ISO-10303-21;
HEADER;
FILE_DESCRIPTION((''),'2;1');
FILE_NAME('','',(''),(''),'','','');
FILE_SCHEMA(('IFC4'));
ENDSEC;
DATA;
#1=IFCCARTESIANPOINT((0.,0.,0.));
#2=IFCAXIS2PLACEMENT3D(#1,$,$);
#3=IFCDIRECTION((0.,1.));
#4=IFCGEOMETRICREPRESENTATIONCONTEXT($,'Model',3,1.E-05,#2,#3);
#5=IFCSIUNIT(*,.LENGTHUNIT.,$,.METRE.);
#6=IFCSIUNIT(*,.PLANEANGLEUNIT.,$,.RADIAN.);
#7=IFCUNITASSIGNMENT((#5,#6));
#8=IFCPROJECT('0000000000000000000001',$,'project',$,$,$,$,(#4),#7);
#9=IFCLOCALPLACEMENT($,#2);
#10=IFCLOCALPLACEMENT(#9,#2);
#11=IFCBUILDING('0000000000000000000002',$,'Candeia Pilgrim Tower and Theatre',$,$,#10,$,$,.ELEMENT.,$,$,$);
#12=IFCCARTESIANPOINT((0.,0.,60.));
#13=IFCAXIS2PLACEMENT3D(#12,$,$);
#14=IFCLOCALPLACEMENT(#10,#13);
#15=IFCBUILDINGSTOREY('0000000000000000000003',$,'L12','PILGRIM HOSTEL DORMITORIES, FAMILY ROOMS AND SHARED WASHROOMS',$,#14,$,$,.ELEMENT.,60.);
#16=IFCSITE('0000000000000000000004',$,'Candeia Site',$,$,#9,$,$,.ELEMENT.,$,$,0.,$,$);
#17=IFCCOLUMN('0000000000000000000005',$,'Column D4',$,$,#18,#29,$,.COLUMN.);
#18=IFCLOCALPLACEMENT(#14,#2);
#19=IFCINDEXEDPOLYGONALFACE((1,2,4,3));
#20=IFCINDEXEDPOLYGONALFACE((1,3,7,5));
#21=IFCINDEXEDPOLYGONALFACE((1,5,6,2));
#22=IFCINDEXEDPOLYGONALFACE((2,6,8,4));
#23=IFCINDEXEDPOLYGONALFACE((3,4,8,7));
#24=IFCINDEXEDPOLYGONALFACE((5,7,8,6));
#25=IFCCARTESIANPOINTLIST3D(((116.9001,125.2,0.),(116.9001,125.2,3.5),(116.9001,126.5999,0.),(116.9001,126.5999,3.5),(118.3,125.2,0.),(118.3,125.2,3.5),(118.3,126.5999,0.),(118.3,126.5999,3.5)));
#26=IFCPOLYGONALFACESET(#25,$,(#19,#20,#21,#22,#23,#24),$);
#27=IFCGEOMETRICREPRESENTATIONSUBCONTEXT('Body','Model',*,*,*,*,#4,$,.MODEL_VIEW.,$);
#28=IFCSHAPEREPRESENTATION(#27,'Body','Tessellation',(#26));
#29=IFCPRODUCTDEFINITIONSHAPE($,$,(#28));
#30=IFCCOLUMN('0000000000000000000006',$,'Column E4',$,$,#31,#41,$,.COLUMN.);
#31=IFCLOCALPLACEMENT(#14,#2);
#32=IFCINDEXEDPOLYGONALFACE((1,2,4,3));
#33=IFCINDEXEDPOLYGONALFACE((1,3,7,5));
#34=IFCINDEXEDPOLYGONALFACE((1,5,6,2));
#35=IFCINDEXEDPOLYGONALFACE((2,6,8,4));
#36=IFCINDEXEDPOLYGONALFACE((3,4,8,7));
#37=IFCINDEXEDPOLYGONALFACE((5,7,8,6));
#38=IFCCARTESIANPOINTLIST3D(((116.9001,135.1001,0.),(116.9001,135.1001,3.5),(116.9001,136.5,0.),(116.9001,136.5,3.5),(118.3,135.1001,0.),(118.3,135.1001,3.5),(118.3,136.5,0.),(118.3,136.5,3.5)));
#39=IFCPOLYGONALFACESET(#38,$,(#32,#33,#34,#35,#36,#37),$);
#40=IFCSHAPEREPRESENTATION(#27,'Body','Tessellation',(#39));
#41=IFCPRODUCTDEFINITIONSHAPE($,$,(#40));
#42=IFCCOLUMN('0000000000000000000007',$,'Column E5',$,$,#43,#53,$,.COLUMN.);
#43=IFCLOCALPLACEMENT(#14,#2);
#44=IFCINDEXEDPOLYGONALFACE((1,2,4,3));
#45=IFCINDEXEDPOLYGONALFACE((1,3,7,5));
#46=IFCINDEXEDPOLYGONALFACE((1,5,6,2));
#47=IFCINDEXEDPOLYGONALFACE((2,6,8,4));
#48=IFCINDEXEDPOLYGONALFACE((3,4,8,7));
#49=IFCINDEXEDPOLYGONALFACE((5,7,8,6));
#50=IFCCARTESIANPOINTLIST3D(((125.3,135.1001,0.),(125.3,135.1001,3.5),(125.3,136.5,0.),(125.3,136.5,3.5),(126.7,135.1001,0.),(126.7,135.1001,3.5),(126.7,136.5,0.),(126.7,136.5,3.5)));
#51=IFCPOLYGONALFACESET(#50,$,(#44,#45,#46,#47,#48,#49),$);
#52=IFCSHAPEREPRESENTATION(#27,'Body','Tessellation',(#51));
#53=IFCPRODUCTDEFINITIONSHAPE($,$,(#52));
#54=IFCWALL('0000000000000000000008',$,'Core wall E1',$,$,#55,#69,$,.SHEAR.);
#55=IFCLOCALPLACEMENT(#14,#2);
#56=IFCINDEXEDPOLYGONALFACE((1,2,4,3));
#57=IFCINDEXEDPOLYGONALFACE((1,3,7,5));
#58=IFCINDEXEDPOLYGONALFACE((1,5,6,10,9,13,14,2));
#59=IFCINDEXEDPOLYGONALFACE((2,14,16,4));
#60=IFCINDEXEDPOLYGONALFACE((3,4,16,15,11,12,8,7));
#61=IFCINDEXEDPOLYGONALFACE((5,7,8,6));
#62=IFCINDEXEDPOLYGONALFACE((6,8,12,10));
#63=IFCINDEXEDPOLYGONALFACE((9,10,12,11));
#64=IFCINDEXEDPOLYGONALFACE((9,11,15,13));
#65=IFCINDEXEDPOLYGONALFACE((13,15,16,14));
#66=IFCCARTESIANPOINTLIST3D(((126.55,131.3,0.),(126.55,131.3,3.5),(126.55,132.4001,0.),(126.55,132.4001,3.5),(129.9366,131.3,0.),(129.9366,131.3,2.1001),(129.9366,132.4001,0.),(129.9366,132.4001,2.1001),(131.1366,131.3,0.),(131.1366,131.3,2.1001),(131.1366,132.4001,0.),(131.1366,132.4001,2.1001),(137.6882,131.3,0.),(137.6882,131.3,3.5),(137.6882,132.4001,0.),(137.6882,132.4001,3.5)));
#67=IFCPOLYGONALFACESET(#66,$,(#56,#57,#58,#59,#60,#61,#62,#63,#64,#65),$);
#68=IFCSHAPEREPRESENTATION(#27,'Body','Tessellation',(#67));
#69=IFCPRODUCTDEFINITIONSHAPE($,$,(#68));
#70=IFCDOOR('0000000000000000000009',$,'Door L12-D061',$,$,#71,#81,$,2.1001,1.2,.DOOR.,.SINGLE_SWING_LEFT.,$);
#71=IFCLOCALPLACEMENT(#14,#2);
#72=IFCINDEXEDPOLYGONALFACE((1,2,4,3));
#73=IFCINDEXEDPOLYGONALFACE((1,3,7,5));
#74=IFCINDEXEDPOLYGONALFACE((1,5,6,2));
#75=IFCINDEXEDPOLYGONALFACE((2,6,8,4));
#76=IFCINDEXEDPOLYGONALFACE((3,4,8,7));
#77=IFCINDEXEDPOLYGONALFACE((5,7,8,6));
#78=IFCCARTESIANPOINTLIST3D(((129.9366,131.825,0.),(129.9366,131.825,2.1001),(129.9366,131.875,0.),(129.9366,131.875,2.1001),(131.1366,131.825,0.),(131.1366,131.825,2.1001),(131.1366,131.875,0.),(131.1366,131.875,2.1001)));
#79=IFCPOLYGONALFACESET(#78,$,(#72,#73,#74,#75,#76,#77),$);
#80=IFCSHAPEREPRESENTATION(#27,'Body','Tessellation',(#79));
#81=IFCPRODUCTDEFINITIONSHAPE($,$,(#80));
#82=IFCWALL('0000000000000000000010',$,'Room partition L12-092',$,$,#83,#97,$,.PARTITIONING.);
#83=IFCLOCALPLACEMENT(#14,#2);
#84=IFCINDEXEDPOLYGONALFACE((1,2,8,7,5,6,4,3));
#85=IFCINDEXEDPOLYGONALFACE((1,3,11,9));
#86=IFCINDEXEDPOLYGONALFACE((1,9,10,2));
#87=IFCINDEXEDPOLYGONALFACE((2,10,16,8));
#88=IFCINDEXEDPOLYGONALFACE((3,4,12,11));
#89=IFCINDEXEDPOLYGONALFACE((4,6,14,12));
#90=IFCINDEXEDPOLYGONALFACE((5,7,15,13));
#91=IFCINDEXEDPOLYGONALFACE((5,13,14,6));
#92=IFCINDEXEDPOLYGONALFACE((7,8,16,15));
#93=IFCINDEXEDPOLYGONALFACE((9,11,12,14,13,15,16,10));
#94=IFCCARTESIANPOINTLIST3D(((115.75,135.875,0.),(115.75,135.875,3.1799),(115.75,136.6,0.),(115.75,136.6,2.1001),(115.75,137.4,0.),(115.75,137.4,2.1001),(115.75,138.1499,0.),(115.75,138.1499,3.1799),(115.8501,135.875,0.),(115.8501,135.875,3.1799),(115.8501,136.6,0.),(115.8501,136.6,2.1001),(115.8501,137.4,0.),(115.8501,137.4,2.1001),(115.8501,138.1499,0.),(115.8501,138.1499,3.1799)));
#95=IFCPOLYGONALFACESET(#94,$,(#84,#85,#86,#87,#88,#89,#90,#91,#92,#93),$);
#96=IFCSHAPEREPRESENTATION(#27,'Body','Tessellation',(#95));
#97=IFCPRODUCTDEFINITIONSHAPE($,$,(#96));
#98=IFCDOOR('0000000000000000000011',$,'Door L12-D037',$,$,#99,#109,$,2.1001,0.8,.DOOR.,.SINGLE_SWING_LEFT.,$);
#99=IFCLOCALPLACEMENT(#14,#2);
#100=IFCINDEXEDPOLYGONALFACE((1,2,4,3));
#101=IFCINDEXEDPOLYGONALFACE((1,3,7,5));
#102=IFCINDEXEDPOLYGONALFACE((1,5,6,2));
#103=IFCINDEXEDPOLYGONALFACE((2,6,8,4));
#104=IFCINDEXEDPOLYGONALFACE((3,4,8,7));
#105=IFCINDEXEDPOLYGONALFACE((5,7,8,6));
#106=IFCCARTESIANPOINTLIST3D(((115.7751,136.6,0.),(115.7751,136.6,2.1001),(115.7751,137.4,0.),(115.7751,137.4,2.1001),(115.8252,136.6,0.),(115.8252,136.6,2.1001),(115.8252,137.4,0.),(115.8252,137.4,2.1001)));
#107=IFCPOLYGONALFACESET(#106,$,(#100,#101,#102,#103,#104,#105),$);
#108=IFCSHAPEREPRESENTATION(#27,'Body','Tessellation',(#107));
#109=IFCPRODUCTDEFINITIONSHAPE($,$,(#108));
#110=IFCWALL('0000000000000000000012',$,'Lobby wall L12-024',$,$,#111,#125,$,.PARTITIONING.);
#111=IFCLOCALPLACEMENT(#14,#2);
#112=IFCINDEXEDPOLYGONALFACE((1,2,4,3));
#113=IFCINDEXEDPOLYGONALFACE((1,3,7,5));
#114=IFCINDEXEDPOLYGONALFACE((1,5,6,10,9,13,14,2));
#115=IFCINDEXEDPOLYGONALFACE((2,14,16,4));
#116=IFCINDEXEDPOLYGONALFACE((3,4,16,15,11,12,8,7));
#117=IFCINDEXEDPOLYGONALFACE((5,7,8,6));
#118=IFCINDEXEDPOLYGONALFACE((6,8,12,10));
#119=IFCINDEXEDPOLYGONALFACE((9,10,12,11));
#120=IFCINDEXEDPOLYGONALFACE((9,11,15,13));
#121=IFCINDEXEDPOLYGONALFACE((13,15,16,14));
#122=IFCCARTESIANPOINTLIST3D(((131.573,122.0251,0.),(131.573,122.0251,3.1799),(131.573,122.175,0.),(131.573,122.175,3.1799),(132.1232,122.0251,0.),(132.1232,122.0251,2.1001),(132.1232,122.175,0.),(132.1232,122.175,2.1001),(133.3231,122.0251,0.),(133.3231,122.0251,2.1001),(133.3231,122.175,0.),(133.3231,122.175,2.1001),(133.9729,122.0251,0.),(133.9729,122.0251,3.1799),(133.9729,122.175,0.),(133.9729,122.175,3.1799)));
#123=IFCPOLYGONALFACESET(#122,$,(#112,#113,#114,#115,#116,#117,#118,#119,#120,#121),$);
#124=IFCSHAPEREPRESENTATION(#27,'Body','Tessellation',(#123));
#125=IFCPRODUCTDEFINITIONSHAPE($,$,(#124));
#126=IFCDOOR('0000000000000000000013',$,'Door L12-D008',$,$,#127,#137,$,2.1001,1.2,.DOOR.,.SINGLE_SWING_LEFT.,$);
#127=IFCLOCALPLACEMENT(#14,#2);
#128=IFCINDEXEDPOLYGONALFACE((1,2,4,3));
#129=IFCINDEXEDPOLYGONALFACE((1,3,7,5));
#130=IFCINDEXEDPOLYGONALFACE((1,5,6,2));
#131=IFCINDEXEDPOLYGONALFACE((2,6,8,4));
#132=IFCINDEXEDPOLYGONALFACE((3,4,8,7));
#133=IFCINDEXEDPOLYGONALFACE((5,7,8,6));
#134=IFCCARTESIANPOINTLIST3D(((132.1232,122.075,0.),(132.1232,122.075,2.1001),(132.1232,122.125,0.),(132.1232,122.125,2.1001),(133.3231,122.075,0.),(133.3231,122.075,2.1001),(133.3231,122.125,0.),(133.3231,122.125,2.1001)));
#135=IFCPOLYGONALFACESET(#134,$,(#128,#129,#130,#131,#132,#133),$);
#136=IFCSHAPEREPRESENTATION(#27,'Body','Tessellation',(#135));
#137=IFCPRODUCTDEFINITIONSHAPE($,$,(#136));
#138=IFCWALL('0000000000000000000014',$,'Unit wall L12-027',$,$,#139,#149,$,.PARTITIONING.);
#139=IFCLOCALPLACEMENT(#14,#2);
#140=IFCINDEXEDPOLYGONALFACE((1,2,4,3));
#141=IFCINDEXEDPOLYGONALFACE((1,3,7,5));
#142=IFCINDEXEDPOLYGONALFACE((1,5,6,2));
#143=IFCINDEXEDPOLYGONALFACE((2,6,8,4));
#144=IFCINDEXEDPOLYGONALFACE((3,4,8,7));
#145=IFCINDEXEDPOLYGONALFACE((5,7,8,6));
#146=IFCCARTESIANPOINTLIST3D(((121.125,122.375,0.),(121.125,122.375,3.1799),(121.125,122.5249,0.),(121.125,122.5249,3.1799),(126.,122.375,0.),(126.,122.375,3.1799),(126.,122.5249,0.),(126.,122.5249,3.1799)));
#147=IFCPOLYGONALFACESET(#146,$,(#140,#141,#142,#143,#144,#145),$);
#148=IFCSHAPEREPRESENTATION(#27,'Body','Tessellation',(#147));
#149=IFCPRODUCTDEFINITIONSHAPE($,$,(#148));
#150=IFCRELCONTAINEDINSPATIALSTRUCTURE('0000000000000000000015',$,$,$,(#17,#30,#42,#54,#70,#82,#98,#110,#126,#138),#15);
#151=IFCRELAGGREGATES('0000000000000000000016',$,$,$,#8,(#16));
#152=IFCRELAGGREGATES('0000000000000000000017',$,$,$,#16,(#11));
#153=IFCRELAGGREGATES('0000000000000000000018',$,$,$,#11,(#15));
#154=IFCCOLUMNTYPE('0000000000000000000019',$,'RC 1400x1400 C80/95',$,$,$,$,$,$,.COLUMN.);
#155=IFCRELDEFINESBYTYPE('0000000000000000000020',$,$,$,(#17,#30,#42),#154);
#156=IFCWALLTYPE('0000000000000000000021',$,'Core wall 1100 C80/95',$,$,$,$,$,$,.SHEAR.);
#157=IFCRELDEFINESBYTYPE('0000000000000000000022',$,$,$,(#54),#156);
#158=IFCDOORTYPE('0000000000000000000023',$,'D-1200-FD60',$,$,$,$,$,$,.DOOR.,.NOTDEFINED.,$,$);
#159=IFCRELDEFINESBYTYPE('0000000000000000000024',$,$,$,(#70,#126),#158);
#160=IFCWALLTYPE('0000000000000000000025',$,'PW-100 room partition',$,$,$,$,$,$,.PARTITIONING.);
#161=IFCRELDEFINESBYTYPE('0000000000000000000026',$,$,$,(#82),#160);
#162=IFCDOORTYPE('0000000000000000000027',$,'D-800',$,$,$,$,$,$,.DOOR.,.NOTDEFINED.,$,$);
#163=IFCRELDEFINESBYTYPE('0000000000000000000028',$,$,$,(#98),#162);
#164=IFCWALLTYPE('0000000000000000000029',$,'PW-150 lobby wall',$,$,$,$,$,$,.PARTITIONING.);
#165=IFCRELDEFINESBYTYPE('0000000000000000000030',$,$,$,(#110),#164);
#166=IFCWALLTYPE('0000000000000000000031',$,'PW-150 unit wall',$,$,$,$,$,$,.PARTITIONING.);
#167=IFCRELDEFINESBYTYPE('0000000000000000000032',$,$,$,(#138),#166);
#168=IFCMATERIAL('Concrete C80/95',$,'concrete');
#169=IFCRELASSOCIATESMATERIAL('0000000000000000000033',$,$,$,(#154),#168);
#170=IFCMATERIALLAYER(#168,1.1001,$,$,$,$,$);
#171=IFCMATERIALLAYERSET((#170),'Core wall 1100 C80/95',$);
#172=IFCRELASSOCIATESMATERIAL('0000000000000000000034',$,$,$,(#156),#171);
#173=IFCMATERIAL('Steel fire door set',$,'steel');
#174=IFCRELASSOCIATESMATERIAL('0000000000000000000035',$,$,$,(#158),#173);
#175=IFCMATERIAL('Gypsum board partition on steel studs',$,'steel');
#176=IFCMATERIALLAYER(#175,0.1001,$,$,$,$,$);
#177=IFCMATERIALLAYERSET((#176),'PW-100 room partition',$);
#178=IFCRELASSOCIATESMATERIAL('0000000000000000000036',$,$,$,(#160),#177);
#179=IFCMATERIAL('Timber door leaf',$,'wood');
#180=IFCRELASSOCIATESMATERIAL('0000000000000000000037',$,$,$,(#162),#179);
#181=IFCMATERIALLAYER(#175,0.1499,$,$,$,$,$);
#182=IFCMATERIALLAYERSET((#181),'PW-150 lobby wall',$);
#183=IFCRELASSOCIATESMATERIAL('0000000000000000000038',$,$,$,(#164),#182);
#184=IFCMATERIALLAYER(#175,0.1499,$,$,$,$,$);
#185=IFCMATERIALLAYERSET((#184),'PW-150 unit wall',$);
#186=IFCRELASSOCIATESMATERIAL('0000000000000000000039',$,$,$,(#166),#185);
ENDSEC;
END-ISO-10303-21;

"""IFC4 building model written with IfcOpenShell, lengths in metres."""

from ifc_helpers import new_model, si_unit, direction, frame, frame_2d, origin, origin_2d, place, context, subcontext, project, spatial, rectangle, extrude, material, layer, layer_set, material_profile, profile_set, type_object, element, fill, save


model = new_model("IFC4")

# Units and contexts
model_context = context("Model", 3, precision=1e-05, world=origin(), true_north=direction((0.0, 1.0)))
body_context = subcontext(model_context, "Body", "Model", "MODEL_VIEW")
ifc_project = project(units=[si_unit("LENGTHUNIT", "METRE"), si_unit("PLANEANGLEUNIT", "RADIAN")], contexts=[model_context])

# Site, building, storey
site_placement = place(None, origin())
site = spatial("IfcSite", under=ifc_project, at=site_placement, Name="Candeia Site", CompositionType="ELEMENT", RefElevation=0.0)
building_placement = place(site_placement, origin())
building = spatial("IfcBuilding", under=site, at=building_placement, Name="Candeia Pilgrim Tower and Theatre", CompositionType="ELEMENT")
storey_placement = place(building_placement, frame((0.0, 0.0, 60.0)))
storey = spatial("IfcBuildingStorey", under=building, at=storey_placement, Name="L12", Description="PILGRIM HOSTEL DORMITORIES, FAMILY ROOMS AND SHARED WASHROOMS", CompositionType="ELEMENT", Elevation=60.0)

# Columns
ifc_material_1 = material(Name="Concrete C80/95", Category="concrete")
ifc_material_profile = material_profile(ifc_material_1, rectangle(XDim=1.3999, YDim=1.3999, at=origin_2d()))
ifc_profile_set = profile_set([ifc_material_profile], Name="Concrete C80/95")
column_type = type_object("IfcColumnType", Name="RC 1400x1400 C80/95", PredefinedType="COLUMN", material=ifc_profile_set)
for number, where, z_axis, x_axis, name in (
    (1, (117.6001, 125.8999, 0.0), (0.0, 0.0, 1.0), (1.0, 0.0, 0.0), "Column D4"),
    (2, (117.6001, 135.8, 0.0), (0.0, 0.0, 1.0), (1.0, 0.0, 0.0), "Column E4"),
    (3, (126.0, 135.8, 0.0), (0.0, 0.0, 1.0), (1.0, 0.0, 0.0), "Column E5"),
):
    element("IfcColumn", number, at=place(storey_placement, frame(where, z_axis=z_axis, x_axis=x_axis)), inside=storey, type_object=column_type, Name=name, PredefinedType="COLUMN", context=body_context, shape_type="SweptSolid", body=[
        extrude(rectangle(XDim=1.3999, YDim=1.3999, at=origin_2d()), origin(), (0.0, 0.0, 1.0), 3.5),
    ])

# Walls, openings, doors
ifc_layer_1 = layer(ifc_material_1, 1.1001)
ifc_layer_set_1 = layer_set([ifc_layer_1], Name="Core wall 1100 C80/95")
wall_type_1 = type_object("IfcWallType", Name="Core wall 1100 C80/95", PredefinedType="SHEAR", material=ifc_layer_set_1)
wall_1_placement = place(storey_placement, frame((126.55, 131.8501, 0.0), z_axis=(0.0, 0.0, 1.0), x_axis=(1.0, 0.0, 0.0)))
wall_1 = element("IfcWall", 4, at=wall_1_placement, inside=storey, type_object=wall_type_1, Name="Core wall E1", PredefinedType="SHEAR", context=body_context, shape_type="SweptSolid", body=[
    extrude(rectangle(XDim=11.1382, YDim=1.1001, at=frame_2d((5.5691, 0.0))), origin(), (0.0, 0.0, 1.0), 3.5),
])
opening_1_placement = place(wall_1_placement, frame((3.3865, 0.0, 0.0)))
opening_1 = element("IfcOpeningElement", 5, at=opening_1_placement, cuts=wall_1, PredefinedType="OPENING", context=body_context, shape_type="SweptSolid", body=[
    extrude(rectangle(XDim=1.2, YDim=2.1001, at=frame_2d((0.6001, 1.05))), frame((0.0, 0.5601, 0.0), z_axis=(0.0, -1.0, 0.0), x_axis=(1.0, 0.0, 0.0)), (0.0, 0.0, 1.0), 1.1201),
])
ifc_material_2 = material(Name="Steel fire door set", Category="steel")
door_type_1 = type_object("IfcDoorType", Name="D-1200-FD60", OperationType="NOTDEFINED", PredefinedType="DOOR", material=ifc_material_2)
door_1_placement = place(opening_1_placement, origin())
door_1 = element("IfcDoor", 6, at=door_1_placement, inside=storey, type_object=door_type_1, Name="Door L12-D061", OperationType="SINGLE_SWING_LEFT", OverallHeight=2.1001, OverallWidth=1.2, PredefinedType="DOOR", context=body_context, shape_type="SweptSolid", body=[
    extrude(rectangle(XDim=1.2, YDim=2.1001, at=frame_2d((0.6001, 1.05))), frame((0.0, 0.0249, 0.0), z_axis=(0.0, -1.0, 0.0), x_axis=(1.0, 0.0, 0.0)), (0.0, 0.0, 1.0), 0.05),
])
fill(opening_1, door_1)
ifc_material_3 = material(Name="Gypsum board partition on steel studs", Category="steel")
ifc_layer_2 = layer(ifc_material_3, 0.1001)
ifc_layer_set_2 = layer_set([ifc_layer_2], Name="PW-100 room partition")
wall_type_2 = type_object("IfcWallType", Name="PW-100 room partition", PredefinedType="PARTITIONING", material=ifc_layer_set_2)
wall_2_placement = place(storey_placement, frame((115.8, 135.875, 0.0), z_axis=(0.0, 0.0, 1.0), x_axis=(0.0, 1.0, 0.0)))
wall_2 = element("IfcWall", 7, at=wall_2_placement, inside=storey, type_object=wall_type_2, Name="Room partition L12-092", PredefinedType="PARTITIONING", context=body_context, shape_type="SweptSolid", body=[
    extrude(rectangle(XDim=2.2749, YDim=0.1001, at=frame_2d((1.1375, 0.0))), origin(), (0.0, 0.0, 1.0), 3.1799),
])
opening_2_placement = place(wall_2_placement, frame((0.7251, 0.0, 0.0)))
opening_2 = element("IfcOpeningElement", 8, at=opening_2_placement, cuts=wall_2, PredefinedType="OPENING", context=body_context, shape_type="SweptSolid", body=[
    extrude(rectangle(XDim=0.8, YDim=2.1001, at=frame_2d((0.3999, 1.05))), frame((0.0, 0.0601, 0.0), z_axis=(0.0, -1.0, 0.0), x_axis=(1.0, 0.0, 0.0)), (0.0, 0.0, 1.0), 0.1201),
])
ifc_material_4 = material(Name="Timber door leaf", Category="wood")
door_type_2 = type_object("IfcDoorType", Name="D-800", OperationType="NOTDEFINED", PredefinedType="DOOR", material=ifc_material_4)
door_2_placement = place(opening_2_placement, origin())
door_2 = element("IfcDoor", 9, at=door_2_placement, inside=storey, type_object=door_type_2, Name="Door L12-D037", OperationType="SINGLE_SWING_LEFT", OverallHeight=2.1001, OverallWidth=0.8, PredefinedType="DOOR", context=body_context, shape_type="SweptSolid", body=[
    extrude(rectangle(XDim=0.8, YDim=2.1001, at=frame_2d((0.3999, 1.05))), frame((0.0, 0.0249, 0.0), z_axis=(0.0, -1.0, 0.0), x_axis=(1.0, 0.0, 0.0)), (0.0, 0.0, 1.0), 0.05),
])
fill(opening_2, door_2)
ifc_layer_3 = layer(ifc_material_3, 0.1499)
ifc_layer_set_3 = layer_set([ifc_layer_3], Name="PW-150 lobby wall")
wall_type_3 = type_object("IfcWallType", Name="PW-150 lobby wall", PredefinedType="PARTITIONING", material=ifc_layer_set_3)
wall_3_placement = place(storey_placement, frame((131.573, 122.1001, 0.0), z_axis=(0.0, 0.0, 1.0), x_axis=(1.0, 0.0, 0.0)))
wall_3 = element("IfcWall", 10, at=wall_3_placement, inside=storey, type_object=wall_type_3, Name="Lobby wall L12-024", PredefinedType="PARTITIONING", context=body_context, shape_type="SweptSolid", body=[
    extrude(rectangle(XDim=2.3999, YDim=0.1499, at=frame_2d((1.2, 0.0))), origin(), (0.0, 0.0, 1.0), 3.1799),
])
opening_3_placement = place(wall_3_placement, frame((0.55, 0.0, 0.0)))
opening_3 = element("IfcOpeningElement", 11, at=opening_3_placement, cuts=wall_3, PredefinedType="OPENING", context=body_context, shape_type="SweptSolid", body=[
    extrude(rectangle(XDim=1.2, YDim=2.1001, at=frame_2d((0.6001, 1.05))), frame((0.0, 0.085, 0.0), z_axis=(0.0, -1.0, 0.0), x_axis=(1.0, 0.0, 0.0)), (0.0, 0.0, 1.0), 0.1699),
])
door_3_placement = place(opening_3_placement, origin())
door_3 = element("IfcDoor", 12, at=door_3_placement, inside=storey, type_object=door_type_1, Name="Door L12-D008", OperationType="SINGLE_SWING_LEFT", OverallHeight=2.1001, OverallWidth=1.2, PredefinedType="DOOR", context=body_context, shape_type="SweptSolid", body=[
    extrude(rectangle(XDim=1.2, YDim=2.1001, at=frame_2d((0.6001, 1.05))), frame((0.0, 0.0249, 0.0), z_axis=(0.0, -1.0, 0.0), x_axis=(1.0, 0.0, 0.0)), (0.0, 0.0, 1.0), 0.05),
])
fill(opening_3, door_3)

# Wall
ifc_layer_4 = layer(ifc_material_3, 0.1499)
ifc_layer_set_4 = layer_set([ifc_layer_4], Name="PW-150 unit wall")
wall_type_4 = type_object("IfcWallType", Name="PW-150 unit wall", PredefinedType="PARTITIONING", material=ifc_layer_set_4)
wall_4_placement = place(storey_placement, frame((121.125, 122.45, 0.0), z_axis=(0.0, 0.0, 1.0), x_axis=(1.0, 0.0, 0.0)))
element("IfcWall", 13, at=wall_4_placement, inside=storey, type_object=wall_type_4, Name="Unit wall L12-027", PredefinedType="PARTITIONING", context=body_context, shape_type="SweptSolid", body=[
    extrude(rectangle(XDim=4.875, YDim=0.1499, at=frame_2d((2.4375, 0.0))), origin(), (0.0, 0.0, 1.0), 3.1799),
])

save(model, "model.ifc")
